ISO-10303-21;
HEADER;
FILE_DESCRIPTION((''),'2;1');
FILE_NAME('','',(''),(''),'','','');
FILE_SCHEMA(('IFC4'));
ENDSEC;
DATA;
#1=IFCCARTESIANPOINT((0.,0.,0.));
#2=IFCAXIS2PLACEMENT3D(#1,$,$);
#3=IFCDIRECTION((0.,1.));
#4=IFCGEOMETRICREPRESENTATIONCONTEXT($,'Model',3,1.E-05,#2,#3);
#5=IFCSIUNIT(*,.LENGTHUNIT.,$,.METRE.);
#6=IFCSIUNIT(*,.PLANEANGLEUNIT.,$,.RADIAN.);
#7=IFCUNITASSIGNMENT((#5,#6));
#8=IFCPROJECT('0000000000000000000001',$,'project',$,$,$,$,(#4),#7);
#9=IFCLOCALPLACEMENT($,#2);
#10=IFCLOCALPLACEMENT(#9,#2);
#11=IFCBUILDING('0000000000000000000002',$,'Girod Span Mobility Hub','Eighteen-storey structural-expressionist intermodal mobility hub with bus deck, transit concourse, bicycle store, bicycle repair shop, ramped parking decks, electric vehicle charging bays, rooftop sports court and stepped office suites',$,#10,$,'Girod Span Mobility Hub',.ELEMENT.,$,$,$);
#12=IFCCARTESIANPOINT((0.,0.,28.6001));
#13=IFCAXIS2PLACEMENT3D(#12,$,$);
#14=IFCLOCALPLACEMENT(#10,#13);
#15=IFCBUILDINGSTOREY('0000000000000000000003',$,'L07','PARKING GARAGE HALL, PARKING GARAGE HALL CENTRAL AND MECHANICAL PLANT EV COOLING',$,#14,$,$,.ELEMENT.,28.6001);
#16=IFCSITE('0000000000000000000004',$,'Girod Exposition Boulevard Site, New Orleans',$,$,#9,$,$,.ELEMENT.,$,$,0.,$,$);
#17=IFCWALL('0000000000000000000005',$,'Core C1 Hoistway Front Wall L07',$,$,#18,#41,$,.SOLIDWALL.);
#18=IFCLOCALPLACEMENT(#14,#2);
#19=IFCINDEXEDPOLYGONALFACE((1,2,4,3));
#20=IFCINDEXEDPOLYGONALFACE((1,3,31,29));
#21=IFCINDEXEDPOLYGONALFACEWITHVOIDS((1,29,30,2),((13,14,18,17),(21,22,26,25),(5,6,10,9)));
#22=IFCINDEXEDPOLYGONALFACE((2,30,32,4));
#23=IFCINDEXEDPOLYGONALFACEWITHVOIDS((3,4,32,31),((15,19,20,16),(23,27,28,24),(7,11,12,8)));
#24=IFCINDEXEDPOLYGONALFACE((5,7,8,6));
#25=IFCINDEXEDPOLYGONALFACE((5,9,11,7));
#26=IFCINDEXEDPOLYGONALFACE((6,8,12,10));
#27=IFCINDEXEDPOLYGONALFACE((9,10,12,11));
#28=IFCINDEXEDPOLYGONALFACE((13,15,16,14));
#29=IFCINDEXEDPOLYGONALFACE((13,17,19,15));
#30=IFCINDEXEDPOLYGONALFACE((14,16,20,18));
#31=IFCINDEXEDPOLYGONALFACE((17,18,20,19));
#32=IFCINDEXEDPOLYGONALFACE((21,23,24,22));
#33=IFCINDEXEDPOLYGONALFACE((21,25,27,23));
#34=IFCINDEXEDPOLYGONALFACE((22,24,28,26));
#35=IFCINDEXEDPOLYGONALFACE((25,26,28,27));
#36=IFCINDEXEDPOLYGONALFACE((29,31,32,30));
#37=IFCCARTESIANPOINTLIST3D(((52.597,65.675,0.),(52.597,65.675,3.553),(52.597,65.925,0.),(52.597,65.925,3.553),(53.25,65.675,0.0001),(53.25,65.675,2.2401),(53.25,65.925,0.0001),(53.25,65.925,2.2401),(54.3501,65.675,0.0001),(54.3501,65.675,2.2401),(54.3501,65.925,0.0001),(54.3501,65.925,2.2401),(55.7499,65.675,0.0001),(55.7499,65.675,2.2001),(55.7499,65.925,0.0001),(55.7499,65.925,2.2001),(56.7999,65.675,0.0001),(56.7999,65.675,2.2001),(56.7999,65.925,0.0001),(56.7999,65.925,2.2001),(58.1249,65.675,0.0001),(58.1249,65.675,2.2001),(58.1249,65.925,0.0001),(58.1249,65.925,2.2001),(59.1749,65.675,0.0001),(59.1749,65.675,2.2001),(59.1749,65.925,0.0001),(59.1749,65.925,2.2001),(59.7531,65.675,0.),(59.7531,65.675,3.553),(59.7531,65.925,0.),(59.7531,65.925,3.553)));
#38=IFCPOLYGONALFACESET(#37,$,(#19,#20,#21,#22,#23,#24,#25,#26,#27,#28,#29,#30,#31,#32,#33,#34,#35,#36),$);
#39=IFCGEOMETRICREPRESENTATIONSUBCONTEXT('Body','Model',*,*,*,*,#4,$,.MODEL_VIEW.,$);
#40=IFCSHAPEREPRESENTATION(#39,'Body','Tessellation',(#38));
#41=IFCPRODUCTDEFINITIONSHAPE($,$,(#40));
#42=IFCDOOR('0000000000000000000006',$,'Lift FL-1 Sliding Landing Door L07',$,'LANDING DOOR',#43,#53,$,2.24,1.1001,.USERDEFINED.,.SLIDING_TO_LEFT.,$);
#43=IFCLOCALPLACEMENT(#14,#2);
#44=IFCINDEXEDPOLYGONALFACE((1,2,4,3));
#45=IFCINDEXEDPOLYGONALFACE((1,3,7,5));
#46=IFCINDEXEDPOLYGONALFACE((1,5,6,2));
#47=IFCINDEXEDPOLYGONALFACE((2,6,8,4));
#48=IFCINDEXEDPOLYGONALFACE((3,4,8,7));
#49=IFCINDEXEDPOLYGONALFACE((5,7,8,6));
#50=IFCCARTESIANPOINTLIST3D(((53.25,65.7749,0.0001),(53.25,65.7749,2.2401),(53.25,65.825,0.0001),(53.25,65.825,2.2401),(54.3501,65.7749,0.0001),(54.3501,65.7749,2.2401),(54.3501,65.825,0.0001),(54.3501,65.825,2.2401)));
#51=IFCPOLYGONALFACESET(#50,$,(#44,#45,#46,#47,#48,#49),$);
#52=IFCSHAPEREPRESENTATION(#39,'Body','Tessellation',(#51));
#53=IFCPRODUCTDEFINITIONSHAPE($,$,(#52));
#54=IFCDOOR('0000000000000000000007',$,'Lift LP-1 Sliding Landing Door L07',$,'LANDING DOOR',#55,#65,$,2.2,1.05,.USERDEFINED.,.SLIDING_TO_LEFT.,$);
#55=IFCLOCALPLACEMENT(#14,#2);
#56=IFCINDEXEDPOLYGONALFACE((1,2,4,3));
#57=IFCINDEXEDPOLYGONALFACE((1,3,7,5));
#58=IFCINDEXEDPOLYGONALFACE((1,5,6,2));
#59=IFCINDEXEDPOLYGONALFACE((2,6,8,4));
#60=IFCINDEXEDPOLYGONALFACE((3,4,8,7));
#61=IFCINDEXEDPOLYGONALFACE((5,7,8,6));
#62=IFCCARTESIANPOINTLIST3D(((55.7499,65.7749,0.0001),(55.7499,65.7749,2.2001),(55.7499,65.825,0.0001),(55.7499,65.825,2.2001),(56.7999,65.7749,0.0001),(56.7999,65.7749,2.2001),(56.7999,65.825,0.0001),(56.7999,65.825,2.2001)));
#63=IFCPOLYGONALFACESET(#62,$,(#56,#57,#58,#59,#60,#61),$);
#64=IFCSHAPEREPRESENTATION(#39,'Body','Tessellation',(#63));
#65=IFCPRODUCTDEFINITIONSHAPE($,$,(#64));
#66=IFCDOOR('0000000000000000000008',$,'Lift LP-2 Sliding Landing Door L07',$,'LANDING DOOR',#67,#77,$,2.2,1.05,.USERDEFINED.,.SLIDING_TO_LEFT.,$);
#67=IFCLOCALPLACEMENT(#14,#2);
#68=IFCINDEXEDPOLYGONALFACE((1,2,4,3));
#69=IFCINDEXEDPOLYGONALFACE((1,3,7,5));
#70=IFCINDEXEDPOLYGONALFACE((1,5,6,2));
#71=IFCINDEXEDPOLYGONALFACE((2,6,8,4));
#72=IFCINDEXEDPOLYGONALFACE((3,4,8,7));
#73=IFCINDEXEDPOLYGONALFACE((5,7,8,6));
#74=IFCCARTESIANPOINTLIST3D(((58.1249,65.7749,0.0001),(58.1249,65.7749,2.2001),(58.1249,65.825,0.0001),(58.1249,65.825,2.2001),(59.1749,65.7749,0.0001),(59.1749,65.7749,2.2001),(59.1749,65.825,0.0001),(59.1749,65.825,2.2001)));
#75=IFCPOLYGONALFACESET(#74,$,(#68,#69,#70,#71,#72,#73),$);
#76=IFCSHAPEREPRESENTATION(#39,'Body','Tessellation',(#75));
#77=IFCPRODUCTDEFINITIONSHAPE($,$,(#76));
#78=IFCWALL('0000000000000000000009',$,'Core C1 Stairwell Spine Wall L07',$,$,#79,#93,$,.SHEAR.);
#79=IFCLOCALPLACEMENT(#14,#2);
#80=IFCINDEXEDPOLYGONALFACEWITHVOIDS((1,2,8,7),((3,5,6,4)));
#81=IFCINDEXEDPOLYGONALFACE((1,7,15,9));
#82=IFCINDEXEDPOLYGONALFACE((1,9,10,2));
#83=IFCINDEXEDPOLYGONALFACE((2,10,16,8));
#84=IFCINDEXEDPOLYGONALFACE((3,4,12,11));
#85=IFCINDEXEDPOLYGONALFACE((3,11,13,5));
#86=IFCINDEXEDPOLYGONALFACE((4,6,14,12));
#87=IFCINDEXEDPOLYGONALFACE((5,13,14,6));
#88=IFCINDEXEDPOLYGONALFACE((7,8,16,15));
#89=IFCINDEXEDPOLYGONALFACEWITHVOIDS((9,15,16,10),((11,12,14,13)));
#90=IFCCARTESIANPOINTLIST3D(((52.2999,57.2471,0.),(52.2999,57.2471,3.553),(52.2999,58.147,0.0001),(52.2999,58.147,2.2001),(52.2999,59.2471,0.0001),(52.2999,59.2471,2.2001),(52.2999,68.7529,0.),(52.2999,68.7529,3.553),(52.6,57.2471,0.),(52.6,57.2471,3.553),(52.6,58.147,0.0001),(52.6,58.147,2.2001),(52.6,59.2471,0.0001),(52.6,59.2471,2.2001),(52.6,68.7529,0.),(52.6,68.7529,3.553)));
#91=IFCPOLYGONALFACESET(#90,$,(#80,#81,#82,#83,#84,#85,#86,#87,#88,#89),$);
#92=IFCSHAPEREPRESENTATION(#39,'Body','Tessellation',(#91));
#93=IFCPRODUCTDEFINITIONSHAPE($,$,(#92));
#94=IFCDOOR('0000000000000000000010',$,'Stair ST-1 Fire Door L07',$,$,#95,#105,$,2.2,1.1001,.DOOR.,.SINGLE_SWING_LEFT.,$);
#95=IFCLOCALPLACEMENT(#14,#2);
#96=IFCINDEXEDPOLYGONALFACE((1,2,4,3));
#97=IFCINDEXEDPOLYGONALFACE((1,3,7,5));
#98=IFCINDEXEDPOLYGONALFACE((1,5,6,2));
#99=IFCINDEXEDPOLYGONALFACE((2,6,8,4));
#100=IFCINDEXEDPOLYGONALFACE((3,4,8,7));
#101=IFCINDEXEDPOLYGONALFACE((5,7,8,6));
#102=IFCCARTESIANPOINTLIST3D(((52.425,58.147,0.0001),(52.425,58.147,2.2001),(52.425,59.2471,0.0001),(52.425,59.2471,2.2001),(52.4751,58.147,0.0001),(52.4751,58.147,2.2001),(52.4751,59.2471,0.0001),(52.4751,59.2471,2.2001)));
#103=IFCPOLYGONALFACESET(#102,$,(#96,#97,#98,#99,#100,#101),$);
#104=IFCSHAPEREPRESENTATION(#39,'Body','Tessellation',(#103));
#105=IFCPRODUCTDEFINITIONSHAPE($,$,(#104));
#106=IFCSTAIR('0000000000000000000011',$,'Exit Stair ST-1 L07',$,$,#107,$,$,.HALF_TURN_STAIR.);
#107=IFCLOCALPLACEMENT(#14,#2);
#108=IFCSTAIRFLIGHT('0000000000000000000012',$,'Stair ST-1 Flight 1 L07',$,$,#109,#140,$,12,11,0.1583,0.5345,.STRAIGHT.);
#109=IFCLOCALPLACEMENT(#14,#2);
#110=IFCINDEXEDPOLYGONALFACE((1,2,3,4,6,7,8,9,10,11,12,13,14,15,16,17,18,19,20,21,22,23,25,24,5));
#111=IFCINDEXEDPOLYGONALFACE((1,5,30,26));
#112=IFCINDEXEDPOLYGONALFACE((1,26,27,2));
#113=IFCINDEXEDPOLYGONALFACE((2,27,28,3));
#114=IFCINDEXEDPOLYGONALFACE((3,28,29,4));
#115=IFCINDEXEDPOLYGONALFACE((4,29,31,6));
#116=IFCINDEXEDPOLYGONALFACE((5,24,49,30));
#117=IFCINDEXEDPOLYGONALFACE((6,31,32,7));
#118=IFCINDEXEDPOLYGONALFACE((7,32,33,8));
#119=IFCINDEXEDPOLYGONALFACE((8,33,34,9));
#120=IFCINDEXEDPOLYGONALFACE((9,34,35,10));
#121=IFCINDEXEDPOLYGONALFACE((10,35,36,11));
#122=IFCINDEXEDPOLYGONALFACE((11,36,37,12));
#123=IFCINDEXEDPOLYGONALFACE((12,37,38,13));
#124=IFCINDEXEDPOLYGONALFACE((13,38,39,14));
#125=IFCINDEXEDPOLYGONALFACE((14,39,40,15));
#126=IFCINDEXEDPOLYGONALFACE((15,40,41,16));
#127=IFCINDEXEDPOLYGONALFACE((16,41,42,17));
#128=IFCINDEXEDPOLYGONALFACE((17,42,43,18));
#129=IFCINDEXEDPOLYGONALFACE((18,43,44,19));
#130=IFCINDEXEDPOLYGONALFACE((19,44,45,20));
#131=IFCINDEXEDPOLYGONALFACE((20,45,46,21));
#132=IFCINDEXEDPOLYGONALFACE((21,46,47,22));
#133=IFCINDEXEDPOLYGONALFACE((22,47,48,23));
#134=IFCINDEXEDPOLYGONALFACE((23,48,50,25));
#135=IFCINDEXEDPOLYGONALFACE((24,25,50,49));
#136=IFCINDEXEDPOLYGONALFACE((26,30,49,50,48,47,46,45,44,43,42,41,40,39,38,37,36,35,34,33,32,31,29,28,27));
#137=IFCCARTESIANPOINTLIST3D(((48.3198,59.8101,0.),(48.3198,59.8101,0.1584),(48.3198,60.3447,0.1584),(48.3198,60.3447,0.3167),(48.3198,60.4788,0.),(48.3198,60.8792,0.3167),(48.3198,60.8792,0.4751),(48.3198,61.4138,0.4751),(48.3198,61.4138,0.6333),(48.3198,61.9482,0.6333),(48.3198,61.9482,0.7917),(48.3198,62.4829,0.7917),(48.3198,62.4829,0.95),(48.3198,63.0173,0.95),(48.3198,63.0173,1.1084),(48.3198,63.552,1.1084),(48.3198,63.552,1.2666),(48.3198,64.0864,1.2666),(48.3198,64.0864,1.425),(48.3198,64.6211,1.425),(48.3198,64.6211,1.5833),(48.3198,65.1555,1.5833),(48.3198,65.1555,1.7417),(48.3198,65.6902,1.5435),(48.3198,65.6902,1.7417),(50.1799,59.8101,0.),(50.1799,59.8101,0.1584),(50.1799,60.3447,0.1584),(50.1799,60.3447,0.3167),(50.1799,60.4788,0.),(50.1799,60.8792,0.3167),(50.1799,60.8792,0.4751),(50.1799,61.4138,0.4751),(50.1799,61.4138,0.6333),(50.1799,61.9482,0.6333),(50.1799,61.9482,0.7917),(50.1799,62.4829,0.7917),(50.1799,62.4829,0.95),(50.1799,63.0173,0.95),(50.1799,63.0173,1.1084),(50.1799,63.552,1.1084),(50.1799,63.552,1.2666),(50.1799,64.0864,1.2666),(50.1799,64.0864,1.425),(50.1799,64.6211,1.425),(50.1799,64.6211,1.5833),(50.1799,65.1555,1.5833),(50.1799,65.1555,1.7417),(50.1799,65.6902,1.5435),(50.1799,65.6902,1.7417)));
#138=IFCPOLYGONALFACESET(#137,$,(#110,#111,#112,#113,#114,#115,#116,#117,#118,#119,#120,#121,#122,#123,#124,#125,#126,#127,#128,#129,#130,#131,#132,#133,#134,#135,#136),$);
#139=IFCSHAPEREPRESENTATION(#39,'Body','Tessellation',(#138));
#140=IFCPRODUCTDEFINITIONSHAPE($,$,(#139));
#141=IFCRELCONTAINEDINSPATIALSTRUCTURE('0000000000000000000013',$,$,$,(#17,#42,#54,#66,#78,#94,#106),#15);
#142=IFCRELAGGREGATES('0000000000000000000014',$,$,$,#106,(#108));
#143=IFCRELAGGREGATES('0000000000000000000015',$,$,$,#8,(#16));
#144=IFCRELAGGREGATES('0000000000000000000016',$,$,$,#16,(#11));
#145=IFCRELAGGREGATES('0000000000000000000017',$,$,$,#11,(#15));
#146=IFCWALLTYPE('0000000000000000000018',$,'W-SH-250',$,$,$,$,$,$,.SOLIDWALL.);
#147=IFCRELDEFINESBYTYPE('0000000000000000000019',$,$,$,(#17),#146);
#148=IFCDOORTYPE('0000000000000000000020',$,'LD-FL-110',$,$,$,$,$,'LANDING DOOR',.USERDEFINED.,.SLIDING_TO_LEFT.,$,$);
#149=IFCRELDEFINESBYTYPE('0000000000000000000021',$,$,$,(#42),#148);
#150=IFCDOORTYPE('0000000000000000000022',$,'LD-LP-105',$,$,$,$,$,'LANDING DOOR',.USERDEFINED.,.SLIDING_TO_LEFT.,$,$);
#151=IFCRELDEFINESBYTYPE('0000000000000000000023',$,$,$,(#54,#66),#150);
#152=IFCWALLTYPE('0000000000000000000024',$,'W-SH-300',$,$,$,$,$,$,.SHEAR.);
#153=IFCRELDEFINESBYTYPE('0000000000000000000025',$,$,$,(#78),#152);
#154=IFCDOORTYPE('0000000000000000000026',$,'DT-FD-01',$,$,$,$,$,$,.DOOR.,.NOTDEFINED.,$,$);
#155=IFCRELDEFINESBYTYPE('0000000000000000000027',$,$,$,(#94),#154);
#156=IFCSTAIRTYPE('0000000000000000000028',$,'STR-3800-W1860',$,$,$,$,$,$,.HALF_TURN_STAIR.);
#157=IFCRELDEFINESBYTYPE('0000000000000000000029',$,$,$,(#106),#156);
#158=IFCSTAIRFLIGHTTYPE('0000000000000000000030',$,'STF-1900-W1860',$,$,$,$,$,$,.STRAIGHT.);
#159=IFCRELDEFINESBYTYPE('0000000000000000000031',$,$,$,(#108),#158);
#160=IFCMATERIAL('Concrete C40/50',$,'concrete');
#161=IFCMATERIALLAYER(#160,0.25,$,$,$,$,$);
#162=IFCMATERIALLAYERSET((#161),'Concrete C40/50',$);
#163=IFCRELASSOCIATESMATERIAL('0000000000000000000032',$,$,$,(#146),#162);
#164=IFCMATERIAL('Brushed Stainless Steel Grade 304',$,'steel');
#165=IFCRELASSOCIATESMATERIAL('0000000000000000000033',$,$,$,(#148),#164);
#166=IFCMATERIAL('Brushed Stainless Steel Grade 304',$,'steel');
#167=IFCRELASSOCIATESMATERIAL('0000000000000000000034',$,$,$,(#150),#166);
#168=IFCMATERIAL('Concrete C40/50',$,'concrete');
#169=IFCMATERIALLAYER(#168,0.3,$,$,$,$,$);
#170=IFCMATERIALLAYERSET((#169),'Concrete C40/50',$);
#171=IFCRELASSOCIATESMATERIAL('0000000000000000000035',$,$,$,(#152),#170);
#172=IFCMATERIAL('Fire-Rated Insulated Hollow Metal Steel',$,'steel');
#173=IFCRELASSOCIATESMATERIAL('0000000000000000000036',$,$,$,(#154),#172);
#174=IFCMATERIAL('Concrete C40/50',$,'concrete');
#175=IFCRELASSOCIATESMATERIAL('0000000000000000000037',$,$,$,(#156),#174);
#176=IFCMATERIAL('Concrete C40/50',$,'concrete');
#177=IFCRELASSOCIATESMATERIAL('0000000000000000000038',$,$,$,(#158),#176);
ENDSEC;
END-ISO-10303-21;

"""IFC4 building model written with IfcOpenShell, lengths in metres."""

from ifc_helpers import new_model, si_unit, direction, frame, frame_2d, origin, place, context, subcontext, project, spatial, polyline, rectangle, outline, extrude, material, layer, layer_set, type_object, element, fill, aggregate, save


model = new_model("IFC4")

# Units and contexts
model_context = context("Model", 3, precision=1e-05, world=origin(), true_north=direction((0.0, 1.0)))
body_context = subcontext(model_context, "Body", "Model", "MODEL_VIEW")
ifc_project = project(units=[si_unit("LENGTHUNIT", "METRE"), si_unit("PLANEANGLEUNIT", "RADIAN")], contexts=[model_context])

# Site, building, storey
site_placement = place(None, origin())
site = spatial("IfcSite", under=ifc_project, at=site_placement, Name="Girod Exposition Boulevard Site, New Orleans", CompositionType="ELEMENT", RefElevation=0.0)
building_placement = place(site_placement, origin())
building = spatial("IfcBuilding", under=site, at=building_placement, Name="Girod Span Mobility Hub", Description="Eighteen-storey structural-expressionist intermodal mobility hub with bus deck, transit concourse, bicycle store, bicycle repair shop, ramped parking decks, electric vehicle charging bays, rooftop sports court and stepped office suites", LongName="Girod Span Mobility Hub", CompositionType="ELEMENT")
storey_placement = place(building_placement, frame((0.0, 0.0, 28.6001)))
storey = spatial("IfcBuildingStorey", under=building, at=storey_placement, Name="L07", Description="PARKING GARAGE HALL, PARKING GARAGE HALL CENTRAL AND MECHANICAL PLANT EV COOLING", CompositionType="ELEMENT", Elevation=28.6001)

# Wall, openings, doors
ifc_material_1 = material(Name="Concrete C40/50", Category="concrete")
ifc_layer_1 = layer(ifc_material_1, 0.25)
ifc_layer_set_1 = layer_set([ifc_layer_1], Name="Concrete C40/50")
wall_type_1 = type_object("IfcWallType", Name="W-SH-250", PredefinedType="SOLIDWALL", material=ifc_layer_set_1)
wall_1_placement = place(storey_placement, frame((52.5969, 65.8, 0.0), z_axis=(0.0, 0.0, 1.0), x_axis=(1.0, 0.0, 0.0)))
wall_1 = element("IfcWall", 1, at=wall_1_placement, inside=storey, type_object=wall_type_1, Name="Core C1 Hoistway Front Wall L07", PredefinedType="SOLIDWALL", context=body_context, shape_type="SweptSolid", body=[
    extrude(rectangle(XDim=7.156, YDim=0.25, at=frame_2d((3.5781, 0.0))), origin(), (0.0, 0.0, 1.0), 3.553),
])
opening_1_placement = place(wall_1_placement, frame((0.6531, 0.0, 0.0)))
opening_1 = element("IfcOpeningElement", 2, at=opening_1_placement, cuts=wall_1, PredefinedType="OPENING", context=body_context, shape_type="SweptSolid", body=[
    extrude(rectangle(XDim=1.1001, YDim=2.24, at=frame_2d((0.55, 1.1201))), frame((0.0, 0.1399, 0.0), z_axis=(0.0, -1.0, 0.0), x_axis=(1.0, 0.0, 0.0)), (0.0, 0.0, 1.0), 0.28),
])
opening_2_placement = place(wall_1_placement, frame((3.1531, 0.0, 0.0)))
opening_2 = element("IfcOpeningElement", 3, at=opening_2_placement, cuts=wall_1, PredefinedType="OPENING", context=body_context, shape_type="SweptSolid", body=[
    extrude(rectangle(XDim=1.05, YDim=2.2, at=frame_2d((0.5249, 1.1001))), frame((0.0, 0.1399, 0.0), z_axis=(0.0, -1.0, 0.0), x_axis=(1.0, 0.0, 0.0)), (0.0, 0.0, 1.0), 0.28),
])
opening_3_placement = place(wall_1_placement, frame((5.5281, 0.0, 0.0)))
opening_3 = element("IfcOpeningElement", 4, at=opening_3_placement, cuts=wall_1, PredefinedType="OPENING", context=body_context, shape_type="SweptSolid", body=[
    extrude(rectangle(XDim=1.05, YDim=2.2, at=frame_2d((0.5249, 1.1001))), frame((0.0, 0.1399, 0.0), z_axis=(0.0, -1.0, 0.0), x_axis=(1.0, 0.0, 0.0)), (0.0, 0.0, 1.0), 0.28),
])
ifc_material_2 = material(Name="Brushed Stainless Steel Grade 304", Category="steel")
door_type_1 = type_object("IfcDoorType", Name="LD-FL-110", ElementType="LANDING DOOR", OperationType="SLIDING_TO_LEFT", PredefinedType="USERDEFINED", material=ifc_material_2)
door_1_placement = place(opening_1_placement, origin())
door_1 = element("IfcDoor", 5, at=door_1_placement, inside=storey, type_object=door_type_1, Name="Lift FL-1 Sliding Landing Door L07", ObjectType="LANDING DOOR", OperationType="SLIDING_TO_LEFT", OverallHeight=2.24, OverallWidth=1.1001, PredefinedType="USERDEFINED", context=body_context, shape_type="SweptSolid", body=[
    extrude(rectangle(XDim=1.1001, YDim=2.24, at=frame_2d((0.55, 1.1201))), frame((0.0, 0.0249, 0.0), z_axis=(0.0, -1.0, 0.0), x_axis=(1.0, 0.0, 0.0)), (0.0, 0.0, 1.0), 0.05),
])
fill(opening_1, door_1)
ifc_material_3 = material(Name="Brushed Stainless Steel Grade 304", Category="steel")
door_type_2 = type_object("IfcDoorType", Name="LD-LP-105", ElementType="LANDING DOOR", OperationType="SLIDING_TO_LEFT", PredefinedType="USERDEFINED", material=ifc_material_3)
door_2_placement = place(opening_2_placement, origin())
door_2 = element("IfcDoor", 6, at=door_2_placement, inside=storey, type_object=door_type_2, Name="Lift LP-1 Sliding Landing Door L07", ObjectType="LANDING DOOR", OperationType="SLIDING_TO_LEFT", OverallHeight=2.2, OverallWidth=1.05, PredefinedType="USERDEFINED", context=body_context, shape_type="SweptSolid", body=[
    extrude(rectangle(XDim=1.05, YDim=2.2, at=frame_2d((0.5249, 1.1001))), frame((0.0, 0.0249, 0.0), z_axis=(0.0, -1.0, 0.0), x_axis=(1.0, 0.0, 0.0)), (0.0, 0.0, 1.0), 0.05),
])
fill(opening_2, door_2)
door_3_placement = place(opening_3_placement, origin())
door_3 = element("IfcDoor", 7, at=door_3_placement, inside=storey, type_object=door_type_2, Name="Lift LP-2 Sliding Landing Door L07", ObjectType="LANDING DOOR", OperationType="SLIDING_TO_LEFT", OverallHeight=2.2, OverallWidth=1.05, PredefinedType="USERDEFINED", context=body_context, shape_type="SweptSolid", body=[
    extrude(rectangle(XDim=1.05, YDim=2.2, at=frame_2d((0.5249, 1.1001))), frame((0.0, 0.0249, 0.0), z_axis=(0.0, -1.0, 0.0), x_axis=(1.0, 0.0, 0.0)), (0.0, 0.0, 1.0), 0.05),
])
fill(opening_3, door_3)

# Wall, opening, door
ifc_material_4 = material(Name="Concrete C40/50", Category="concrete")
ifc_layer_2 = layer(ifc_material_4, 0.3)
ifc_layer_set_2 = layer_set([ifc_layer_2], Name="Concrete C40/50")
wall_type_2 = type_object("IfcWallType", Name="W-SH-300", PredefinedType="SHEAR", material=ifc_layer_set_2)
wall_2_placement = place(storey_placement, frame((52.45, 57.2471, 0.0), z_axis=(0.0, 0.0, 1.0), x_axis=(0.0, 1.0, 0.0)))
wall_2 = element("IfcWall", 8, at=wall_2_placement, inside=storey, type_object=wall_type_2, Name="Core C1 Stairwell Spine Wall L07", PredefinedType="SHEAR", context=body_context, shape_type="SweptSolid", body=[
    extrude(rectangle(XDim=11.5059, YDim=0.3, at=frame_2d((5.7529, 0.0))), origin(), (0.0, 0.0, 1.0), 3.553),
])
opening_4_placement = place(wall_2_placement, frame((0.8999, 0.0, 0.0)))
opening_4 = element("IfcOpeningElement", 9, at=opening_4_placement, cuts=wall_2, PredefinedType="OPENING", context=body_context, shape_type="SweptSolid", body=[
    extrude(rectangle(XDim=1.1001, YDim=2.2, at=frame_2d((0.55, 1.1001))), frame((0.0, 0.165, 0.0), z_axis=(0.0, -1.0, 0.0), x_axis=(1.0, 0.0, 0.0)), (0.0, 0.0, 1.0), 0.3301),
])
ifc_material_5 = material(Name="Fire-Rated Insulated Hollow Metal Steel", Category="steel")
door_type_3 = type_object("IfcDoorType", Name="DT-FD-01", OperationType="NOTDEFINED", PredefinedType="DOOR", material=ifc_material_5)
door_4_placement = place(opening_4_placement, origin())
door_4 = element("IfcDoor", 10, at=door_4_placement, inside=storey, type_object=door_type_3, Name="Stair ST-1 Fire Door L07", OperationType="SINGLE_SWING_LEFT", OverallHeight=2.2, OverallWidth=1.1001, PredefinedType="DOOR", context=body_context, shape_type="SweptSolid", body=[
    extrude(rectangle(XDim=1.1001, YDim=2.2, at=frame_2d((0.55, 1.1001))), frame((0.0, 0.0249, 0.0), z_axis=(0.0, -1.0, 0.0), x_axis=(1.0, 0.0, 0.0)), (0.0, 0.0, 1.0), 0.05),
])
fill(opening_4, door_4)

# Stair, stair flight
ifc_material_6 = material(Name="Concrete C40/50", Category="concrete")
stair_type = type_object("IfcStairType", Name="STR-3800-W1860", PredefinedType="HALF_TURN_STAIR", material=ifc_material_6)
stair_placement = place(storey_placement, origin())
stair = element("IfcStair", 11, at=stair_placement, inside=storey, type_object=stair_type, Name="Exit Stair ST-1 L07", PredefinedType="HALF_TURN_STAIR")
ifc_material_7 = material(Name="Concrete C40/50", Category="concrete")
stair_flight_type = type_object("IfcStairFlightType", Name="STF-1900-W1860", PredefinedType="STRAIGHT", material=ifc_material_7)
stair_flight_1_placement = place(storey_placement, frame((49.25, 59.8101, 0.0), z_axis=(0.0, 0.0, 1.0), x_axis=(0.0, 1.0, 0.0)))
stair_flight_1 = element("IfcStairFlight", 12, at=stair_flight_1_placement, type_object=stair_flight_type, Name="Stair ST-1 Flight 1 L07", NumberOfRisers=12, NumberOfTreads=11, PredefinedType="STRAIGHT", RiserHeight=0.1583, TreadLength=0.5345, context=body_context, shape_type="SweptSolid", body=[
    extrude(outline(polyline([(0.0, 0.0), (0.0, 0.1584), (0.5347, 0.1584), (0.5347, 0.3167), (1.0691, 0.3167), (1.0691, 0.4751), (1.6038, 0.4751), (1.6038, 0.6333), (2.1382, 0.6333), (2.1382, 0.7917), (2.6729, 0.7917), (2.6729, 0.95), (3.2073, 0.95), (3.2073, 1.1084), (3.7419, 1.1084), (3.7419, 1.2666), (4.2764, 1.2666), (4.2764, 1.425), (4.811, 1.425), (4.811, 1.5833), (5.3455, 1.5833), (5.3455, 1.7417), (5.8801, 1.7417), (5.8801, 1.8999), (5.8801, 1.5435), (0.6687, 0.0), (0.0, 0.0)])), frame((0.0, 0.9302, 0.0), z_axis=(0.0, -1.0, 0.0), x_axis=(1.0, 0.0, 0.0)), (0.0, 0.0, 1.0), 1.8601),
])
aggregate(stair, [stair_flight_1])

save(model, "model.ifc")
